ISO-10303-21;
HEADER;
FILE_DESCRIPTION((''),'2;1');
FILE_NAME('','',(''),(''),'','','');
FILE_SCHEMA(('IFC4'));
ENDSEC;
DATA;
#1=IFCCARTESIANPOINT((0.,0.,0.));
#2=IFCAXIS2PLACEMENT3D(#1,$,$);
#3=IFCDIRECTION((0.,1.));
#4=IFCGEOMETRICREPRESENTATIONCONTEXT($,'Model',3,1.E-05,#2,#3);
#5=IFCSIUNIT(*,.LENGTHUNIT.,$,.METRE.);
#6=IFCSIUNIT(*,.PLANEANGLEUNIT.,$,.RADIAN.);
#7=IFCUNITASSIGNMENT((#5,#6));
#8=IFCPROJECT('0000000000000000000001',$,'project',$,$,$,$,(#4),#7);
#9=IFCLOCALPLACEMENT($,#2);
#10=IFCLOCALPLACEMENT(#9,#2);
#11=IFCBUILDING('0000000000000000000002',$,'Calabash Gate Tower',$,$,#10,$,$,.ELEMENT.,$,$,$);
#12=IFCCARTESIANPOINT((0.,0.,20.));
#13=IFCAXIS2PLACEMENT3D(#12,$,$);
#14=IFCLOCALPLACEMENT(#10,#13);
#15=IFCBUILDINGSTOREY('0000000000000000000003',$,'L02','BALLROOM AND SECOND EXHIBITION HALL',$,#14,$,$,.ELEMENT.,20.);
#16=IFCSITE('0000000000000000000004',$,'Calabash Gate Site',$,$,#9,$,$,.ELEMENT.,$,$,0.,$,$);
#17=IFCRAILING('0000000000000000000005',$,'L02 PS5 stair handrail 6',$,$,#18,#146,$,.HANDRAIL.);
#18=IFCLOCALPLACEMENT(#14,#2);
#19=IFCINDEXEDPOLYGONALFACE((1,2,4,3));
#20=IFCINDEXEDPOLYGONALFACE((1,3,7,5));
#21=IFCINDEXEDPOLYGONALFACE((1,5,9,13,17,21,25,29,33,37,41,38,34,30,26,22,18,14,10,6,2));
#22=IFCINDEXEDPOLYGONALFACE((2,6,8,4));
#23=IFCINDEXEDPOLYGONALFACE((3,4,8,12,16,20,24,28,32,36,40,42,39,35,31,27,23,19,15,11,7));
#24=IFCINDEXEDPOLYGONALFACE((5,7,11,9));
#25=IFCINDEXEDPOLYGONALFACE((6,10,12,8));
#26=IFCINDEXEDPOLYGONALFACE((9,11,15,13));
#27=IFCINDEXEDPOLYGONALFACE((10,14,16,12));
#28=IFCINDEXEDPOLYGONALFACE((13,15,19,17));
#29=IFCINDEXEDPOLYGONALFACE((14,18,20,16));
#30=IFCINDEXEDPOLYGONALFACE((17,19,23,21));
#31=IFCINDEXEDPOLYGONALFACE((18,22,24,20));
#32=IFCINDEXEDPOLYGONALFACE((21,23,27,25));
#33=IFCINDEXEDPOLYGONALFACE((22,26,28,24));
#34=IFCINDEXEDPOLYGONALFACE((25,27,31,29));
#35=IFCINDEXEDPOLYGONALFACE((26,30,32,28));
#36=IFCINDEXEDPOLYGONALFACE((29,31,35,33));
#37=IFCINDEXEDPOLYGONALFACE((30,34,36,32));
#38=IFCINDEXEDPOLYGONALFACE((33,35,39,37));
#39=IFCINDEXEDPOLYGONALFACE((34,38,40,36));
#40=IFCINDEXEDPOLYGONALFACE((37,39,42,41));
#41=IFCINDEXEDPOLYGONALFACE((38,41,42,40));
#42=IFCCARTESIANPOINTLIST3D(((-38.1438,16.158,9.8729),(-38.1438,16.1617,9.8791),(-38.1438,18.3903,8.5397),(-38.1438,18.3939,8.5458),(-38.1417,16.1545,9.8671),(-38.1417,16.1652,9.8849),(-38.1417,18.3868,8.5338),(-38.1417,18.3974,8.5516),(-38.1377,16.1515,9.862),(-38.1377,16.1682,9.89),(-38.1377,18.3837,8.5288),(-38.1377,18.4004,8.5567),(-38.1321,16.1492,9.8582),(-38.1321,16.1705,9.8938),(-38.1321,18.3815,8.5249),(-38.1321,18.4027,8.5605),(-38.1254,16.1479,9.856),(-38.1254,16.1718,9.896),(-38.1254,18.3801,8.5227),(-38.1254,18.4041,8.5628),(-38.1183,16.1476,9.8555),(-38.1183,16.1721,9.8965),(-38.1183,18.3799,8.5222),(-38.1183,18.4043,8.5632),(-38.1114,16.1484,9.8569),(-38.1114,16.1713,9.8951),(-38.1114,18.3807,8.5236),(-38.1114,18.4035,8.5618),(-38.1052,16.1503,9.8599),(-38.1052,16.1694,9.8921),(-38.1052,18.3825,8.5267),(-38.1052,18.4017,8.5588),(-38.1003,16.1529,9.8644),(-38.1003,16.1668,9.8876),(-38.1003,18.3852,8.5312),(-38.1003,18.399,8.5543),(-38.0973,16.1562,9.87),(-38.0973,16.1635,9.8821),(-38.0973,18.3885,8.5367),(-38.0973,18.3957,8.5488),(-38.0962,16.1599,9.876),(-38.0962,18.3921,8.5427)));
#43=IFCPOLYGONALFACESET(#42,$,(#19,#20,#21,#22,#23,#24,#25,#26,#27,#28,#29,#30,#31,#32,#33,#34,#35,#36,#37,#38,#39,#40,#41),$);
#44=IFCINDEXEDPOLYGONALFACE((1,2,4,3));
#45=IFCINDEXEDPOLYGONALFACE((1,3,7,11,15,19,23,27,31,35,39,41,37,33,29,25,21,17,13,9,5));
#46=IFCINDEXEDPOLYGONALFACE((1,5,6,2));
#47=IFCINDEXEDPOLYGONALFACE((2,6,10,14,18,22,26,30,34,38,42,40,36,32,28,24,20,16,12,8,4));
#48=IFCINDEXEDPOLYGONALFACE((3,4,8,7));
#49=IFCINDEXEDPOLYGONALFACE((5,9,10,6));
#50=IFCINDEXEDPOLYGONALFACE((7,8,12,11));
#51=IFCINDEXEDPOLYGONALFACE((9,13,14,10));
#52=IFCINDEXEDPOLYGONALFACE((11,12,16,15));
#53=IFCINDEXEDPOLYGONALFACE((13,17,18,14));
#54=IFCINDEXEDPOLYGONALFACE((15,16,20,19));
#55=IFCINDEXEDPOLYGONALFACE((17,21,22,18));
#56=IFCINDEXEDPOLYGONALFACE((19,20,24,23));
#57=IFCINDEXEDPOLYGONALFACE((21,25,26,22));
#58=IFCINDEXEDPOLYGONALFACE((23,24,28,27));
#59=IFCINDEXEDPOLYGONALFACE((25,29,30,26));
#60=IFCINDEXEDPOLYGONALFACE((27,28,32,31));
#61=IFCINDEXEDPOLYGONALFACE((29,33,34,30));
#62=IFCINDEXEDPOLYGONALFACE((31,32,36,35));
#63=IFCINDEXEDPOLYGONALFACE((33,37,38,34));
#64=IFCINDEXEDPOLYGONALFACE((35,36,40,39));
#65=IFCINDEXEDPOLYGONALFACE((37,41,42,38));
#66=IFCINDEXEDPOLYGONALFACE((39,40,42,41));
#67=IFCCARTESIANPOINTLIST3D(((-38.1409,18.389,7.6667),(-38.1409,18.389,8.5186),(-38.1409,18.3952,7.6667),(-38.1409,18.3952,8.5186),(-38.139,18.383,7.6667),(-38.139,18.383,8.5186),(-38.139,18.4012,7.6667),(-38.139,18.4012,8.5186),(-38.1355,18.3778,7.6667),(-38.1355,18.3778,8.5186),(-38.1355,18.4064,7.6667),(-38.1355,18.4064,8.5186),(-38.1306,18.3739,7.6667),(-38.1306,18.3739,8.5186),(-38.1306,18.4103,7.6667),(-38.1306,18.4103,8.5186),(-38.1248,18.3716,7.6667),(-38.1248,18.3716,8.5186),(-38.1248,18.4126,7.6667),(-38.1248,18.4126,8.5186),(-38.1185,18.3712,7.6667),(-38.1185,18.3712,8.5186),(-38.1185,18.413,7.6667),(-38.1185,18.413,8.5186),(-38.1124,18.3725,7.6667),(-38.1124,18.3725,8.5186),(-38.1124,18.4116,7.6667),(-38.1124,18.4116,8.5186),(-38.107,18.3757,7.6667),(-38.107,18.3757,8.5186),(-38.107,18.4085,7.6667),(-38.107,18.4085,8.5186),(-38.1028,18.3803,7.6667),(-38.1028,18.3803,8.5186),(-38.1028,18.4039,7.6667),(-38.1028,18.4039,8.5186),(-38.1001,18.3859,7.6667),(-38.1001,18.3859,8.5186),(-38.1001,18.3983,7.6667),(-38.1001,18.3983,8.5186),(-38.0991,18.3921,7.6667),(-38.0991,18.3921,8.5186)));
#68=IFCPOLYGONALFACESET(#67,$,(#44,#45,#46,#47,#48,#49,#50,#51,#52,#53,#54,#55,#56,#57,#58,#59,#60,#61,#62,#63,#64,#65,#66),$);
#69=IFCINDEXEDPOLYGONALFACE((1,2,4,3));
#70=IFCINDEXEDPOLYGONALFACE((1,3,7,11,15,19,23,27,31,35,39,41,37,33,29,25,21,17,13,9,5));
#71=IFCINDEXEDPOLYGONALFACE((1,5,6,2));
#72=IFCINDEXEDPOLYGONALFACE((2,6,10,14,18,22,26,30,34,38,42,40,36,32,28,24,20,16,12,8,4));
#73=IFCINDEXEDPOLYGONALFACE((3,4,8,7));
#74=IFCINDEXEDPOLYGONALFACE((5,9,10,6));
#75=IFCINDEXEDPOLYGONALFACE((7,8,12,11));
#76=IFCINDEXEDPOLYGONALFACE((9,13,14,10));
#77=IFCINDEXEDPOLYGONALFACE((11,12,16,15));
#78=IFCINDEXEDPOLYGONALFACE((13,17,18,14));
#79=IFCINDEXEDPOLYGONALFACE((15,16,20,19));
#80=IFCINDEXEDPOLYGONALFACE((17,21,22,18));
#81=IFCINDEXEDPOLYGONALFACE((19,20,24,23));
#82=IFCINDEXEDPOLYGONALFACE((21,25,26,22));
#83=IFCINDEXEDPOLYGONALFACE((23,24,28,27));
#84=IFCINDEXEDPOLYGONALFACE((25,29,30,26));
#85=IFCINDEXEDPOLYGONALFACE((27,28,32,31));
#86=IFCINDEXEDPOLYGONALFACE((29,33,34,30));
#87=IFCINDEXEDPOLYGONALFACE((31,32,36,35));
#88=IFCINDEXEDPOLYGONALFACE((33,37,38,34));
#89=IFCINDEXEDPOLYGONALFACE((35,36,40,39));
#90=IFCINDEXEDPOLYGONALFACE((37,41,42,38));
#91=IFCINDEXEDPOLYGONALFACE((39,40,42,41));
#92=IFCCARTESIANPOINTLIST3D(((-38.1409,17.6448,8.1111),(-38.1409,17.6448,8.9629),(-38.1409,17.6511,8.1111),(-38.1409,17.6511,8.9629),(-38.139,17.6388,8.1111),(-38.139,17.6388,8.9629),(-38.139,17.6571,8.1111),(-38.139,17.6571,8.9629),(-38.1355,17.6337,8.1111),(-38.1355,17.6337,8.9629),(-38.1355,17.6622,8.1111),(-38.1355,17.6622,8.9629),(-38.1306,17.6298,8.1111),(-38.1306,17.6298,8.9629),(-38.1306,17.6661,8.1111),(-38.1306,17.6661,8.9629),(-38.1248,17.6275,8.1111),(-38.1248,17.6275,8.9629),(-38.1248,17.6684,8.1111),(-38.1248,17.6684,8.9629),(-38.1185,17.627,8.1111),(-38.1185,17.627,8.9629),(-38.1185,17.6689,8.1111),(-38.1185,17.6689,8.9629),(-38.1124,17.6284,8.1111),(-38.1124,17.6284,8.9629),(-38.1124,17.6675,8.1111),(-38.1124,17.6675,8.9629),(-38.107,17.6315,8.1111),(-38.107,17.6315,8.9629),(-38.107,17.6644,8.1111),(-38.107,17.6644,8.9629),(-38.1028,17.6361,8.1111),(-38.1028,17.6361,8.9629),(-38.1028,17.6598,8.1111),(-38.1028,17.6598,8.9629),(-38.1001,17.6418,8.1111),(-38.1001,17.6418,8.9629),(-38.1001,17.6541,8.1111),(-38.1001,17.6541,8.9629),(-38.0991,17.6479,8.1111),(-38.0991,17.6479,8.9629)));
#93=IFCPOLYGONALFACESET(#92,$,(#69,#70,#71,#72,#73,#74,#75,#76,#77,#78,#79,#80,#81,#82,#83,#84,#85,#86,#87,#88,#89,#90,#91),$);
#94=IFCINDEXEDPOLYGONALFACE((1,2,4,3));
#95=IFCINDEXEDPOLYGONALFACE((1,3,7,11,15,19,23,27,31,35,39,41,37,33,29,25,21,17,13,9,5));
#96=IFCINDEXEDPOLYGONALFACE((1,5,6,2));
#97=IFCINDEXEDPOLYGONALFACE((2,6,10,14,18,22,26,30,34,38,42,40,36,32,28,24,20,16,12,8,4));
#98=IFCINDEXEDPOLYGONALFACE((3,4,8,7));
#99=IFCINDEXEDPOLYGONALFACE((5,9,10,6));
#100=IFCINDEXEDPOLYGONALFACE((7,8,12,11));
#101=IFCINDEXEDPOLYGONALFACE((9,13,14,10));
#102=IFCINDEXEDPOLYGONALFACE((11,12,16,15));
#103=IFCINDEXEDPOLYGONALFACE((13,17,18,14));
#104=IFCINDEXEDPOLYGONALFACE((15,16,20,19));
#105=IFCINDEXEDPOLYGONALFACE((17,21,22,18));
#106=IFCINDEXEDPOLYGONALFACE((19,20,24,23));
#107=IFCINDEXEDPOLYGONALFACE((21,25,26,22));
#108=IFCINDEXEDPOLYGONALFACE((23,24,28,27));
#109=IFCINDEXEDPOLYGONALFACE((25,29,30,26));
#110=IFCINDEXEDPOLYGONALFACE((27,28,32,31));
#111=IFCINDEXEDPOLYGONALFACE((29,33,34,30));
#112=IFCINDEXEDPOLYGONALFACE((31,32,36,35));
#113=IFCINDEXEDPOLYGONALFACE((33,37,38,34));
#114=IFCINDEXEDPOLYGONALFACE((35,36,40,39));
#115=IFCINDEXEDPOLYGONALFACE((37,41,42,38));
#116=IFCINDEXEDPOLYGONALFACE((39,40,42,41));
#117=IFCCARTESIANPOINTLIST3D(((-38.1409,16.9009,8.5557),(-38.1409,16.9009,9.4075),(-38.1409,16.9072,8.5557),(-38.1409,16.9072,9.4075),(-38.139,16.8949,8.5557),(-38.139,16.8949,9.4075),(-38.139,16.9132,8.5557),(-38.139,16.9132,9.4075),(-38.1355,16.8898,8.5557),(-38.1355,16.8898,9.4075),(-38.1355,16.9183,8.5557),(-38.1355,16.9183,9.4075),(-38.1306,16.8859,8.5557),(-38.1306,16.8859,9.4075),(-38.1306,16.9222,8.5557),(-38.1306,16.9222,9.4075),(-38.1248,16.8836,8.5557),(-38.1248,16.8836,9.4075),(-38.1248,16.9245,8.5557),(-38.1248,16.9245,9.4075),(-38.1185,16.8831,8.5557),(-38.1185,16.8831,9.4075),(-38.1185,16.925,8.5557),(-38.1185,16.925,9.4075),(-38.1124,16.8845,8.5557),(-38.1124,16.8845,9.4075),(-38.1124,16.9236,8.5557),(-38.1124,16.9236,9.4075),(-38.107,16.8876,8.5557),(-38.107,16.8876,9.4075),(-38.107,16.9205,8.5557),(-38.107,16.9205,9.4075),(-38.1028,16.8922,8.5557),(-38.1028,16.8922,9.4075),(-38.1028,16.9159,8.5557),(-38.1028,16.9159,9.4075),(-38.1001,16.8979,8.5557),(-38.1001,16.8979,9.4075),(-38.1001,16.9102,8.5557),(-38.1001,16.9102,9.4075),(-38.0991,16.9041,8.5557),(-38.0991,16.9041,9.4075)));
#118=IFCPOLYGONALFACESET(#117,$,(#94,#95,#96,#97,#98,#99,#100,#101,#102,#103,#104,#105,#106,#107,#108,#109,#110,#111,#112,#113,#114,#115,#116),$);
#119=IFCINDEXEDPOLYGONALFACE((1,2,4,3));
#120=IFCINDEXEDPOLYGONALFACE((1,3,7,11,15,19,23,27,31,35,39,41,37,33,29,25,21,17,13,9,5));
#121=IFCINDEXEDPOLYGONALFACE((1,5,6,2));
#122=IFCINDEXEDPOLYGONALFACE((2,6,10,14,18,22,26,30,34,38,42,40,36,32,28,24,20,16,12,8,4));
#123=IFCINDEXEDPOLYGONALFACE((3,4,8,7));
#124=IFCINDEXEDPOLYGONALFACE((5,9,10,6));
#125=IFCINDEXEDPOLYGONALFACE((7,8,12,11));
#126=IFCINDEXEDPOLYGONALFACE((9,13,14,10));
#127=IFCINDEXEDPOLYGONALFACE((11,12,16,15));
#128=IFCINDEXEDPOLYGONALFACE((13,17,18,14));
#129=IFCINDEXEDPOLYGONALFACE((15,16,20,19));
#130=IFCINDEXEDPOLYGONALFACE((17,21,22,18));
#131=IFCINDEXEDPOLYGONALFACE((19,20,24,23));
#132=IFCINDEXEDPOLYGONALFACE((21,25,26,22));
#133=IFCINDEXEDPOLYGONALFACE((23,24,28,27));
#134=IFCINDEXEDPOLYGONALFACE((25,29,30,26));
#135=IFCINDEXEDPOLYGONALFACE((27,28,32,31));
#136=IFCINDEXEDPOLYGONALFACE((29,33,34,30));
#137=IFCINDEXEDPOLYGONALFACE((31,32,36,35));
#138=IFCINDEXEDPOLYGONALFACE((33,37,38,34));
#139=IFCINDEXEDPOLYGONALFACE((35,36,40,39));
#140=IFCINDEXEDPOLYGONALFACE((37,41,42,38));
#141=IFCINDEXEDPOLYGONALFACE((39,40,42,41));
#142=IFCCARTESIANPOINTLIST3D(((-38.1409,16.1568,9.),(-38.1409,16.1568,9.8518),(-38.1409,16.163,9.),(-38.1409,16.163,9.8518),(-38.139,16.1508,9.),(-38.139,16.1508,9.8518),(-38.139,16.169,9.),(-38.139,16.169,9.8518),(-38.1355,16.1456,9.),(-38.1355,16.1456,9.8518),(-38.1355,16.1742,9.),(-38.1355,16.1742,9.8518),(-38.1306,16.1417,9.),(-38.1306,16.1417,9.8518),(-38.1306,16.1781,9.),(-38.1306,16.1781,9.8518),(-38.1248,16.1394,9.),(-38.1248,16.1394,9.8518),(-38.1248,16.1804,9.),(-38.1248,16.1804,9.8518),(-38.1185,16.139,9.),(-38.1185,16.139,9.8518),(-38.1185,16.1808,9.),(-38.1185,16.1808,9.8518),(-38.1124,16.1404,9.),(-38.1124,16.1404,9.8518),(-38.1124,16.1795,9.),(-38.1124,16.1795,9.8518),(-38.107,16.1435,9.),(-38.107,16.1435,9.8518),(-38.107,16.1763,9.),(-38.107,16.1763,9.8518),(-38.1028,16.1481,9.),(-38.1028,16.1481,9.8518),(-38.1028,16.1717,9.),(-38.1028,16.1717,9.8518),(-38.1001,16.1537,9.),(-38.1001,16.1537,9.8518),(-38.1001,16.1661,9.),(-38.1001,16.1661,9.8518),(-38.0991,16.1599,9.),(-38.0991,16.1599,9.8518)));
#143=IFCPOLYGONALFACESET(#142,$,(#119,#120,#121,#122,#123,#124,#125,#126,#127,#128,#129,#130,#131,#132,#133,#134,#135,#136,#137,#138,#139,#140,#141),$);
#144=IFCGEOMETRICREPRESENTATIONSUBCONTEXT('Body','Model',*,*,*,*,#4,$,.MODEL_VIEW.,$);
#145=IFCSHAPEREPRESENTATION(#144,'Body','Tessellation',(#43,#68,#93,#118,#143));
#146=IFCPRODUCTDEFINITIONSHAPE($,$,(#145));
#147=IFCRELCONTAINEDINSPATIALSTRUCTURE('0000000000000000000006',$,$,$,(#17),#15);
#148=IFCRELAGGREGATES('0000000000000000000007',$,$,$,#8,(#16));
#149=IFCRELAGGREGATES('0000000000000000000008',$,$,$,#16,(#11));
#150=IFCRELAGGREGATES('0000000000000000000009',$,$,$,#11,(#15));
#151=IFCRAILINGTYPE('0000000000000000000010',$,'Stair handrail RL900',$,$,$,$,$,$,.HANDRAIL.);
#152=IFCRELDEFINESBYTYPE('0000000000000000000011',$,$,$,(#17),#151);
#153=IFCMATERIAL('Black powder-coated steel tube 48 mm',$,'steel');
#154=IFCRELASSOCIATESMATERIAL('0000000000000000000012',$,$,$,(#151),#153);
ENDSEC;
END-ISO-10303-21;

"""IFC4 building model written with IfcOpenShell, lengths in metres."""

from ifc_helpers import new_model, si_unit, direction, frame, origin, origin_2d, place, context, subcontext, project, spatial, circle, extrude, material, type_object, element, save


model = new_model("IFC4")

# Units and contexts
model_context = context("Model", 3, precision=1e-05, world=origin(), true_north=direction((0.0, 1.0)))
body_context = subcontext(model_context, "Body", "Model", "MODEL_VIEW")
ifc_project = project(units=[si_unit("LENGTHUNIT", "METRE"), si_unit("PLANEANGLEUNIT", "RADIAN")], contexts=[model_context])

# Site, building, storey
site_placement = place(None, origin())
site = spatial("IfcSite", under=ifc_project, at=site_placement, Name="Calabash Gate Site", CompositionType="ELEMENT", RefElevation=0.0)
building_placement = place(site_placement, origin())
building = spatial("IfcBuilding", under=site, at=building_placement, Name="Calabash Gate Tower", CompositionType="ELEMENT")
storey_placement = place(building_placement, frame((0.0, 0.0, 20.0)))
storey = spatial("IfcBuildingStorey", under=building, at=storey_placement, Name="L02", Description="BALLROOM AND SECOND EXHIBITION HALL", CompositionType="ELEMENT", Elevation=20.0)

# Railing
ifc_material_1 = material(Name="Black powder-coated steel tube 48 mm", Category="steel")
railing_type_1 = type_object("IfcRailingType", Name="Stair handrail RL900", PredefinedType="HANDRAIL", material=ifc_material_1)
for number, where, name in (
    (1, (-38.1201, 18.3921, 7.6667), "L02 PS5 stair handrail 6"),
):
    element("IfcRailing", number, at=place(storey_placement, frame(where)), inside=storey, type_object=railing_type_1, Name=name, PredefinedType="HANDRAIL", context=body_context, shape_type="SweptSolid", body=[
        extrude(circle(Radius=0.0239, at=origin_2d()), frame((0.0, 0.0, 0.876), z_axis=(0.0, -0.858519, 0.512782), x_axis=(1.0, 0.0, 0.0)), (0.0, 0.0, 1.0), 2.6001),
        extrude(circle(Radius=0.021, at=origin_2d()), origin(), (0.0, 0.0, 1.0), 0.8518),
        extrude(circle(Radius=0.021, at=origin_2d()), frame((0.0, -0.7441, 0.4443)), (0.0, 0.0, 1.0), 0.8518),
        extrude(circle(Radius=0.021, at=origin_2d()), frame((0.0, -1.488, 0.8889)), (0.0, 0.0, 1.0), 0.8518),
        extrude(circle(Radius=0.021, at=origin_2d()), frame((0.0, -2.2322, 1.3333)), (0.0, 0.0, 1.0), 0.8518),
    ])

save(model, "model.ifc")
